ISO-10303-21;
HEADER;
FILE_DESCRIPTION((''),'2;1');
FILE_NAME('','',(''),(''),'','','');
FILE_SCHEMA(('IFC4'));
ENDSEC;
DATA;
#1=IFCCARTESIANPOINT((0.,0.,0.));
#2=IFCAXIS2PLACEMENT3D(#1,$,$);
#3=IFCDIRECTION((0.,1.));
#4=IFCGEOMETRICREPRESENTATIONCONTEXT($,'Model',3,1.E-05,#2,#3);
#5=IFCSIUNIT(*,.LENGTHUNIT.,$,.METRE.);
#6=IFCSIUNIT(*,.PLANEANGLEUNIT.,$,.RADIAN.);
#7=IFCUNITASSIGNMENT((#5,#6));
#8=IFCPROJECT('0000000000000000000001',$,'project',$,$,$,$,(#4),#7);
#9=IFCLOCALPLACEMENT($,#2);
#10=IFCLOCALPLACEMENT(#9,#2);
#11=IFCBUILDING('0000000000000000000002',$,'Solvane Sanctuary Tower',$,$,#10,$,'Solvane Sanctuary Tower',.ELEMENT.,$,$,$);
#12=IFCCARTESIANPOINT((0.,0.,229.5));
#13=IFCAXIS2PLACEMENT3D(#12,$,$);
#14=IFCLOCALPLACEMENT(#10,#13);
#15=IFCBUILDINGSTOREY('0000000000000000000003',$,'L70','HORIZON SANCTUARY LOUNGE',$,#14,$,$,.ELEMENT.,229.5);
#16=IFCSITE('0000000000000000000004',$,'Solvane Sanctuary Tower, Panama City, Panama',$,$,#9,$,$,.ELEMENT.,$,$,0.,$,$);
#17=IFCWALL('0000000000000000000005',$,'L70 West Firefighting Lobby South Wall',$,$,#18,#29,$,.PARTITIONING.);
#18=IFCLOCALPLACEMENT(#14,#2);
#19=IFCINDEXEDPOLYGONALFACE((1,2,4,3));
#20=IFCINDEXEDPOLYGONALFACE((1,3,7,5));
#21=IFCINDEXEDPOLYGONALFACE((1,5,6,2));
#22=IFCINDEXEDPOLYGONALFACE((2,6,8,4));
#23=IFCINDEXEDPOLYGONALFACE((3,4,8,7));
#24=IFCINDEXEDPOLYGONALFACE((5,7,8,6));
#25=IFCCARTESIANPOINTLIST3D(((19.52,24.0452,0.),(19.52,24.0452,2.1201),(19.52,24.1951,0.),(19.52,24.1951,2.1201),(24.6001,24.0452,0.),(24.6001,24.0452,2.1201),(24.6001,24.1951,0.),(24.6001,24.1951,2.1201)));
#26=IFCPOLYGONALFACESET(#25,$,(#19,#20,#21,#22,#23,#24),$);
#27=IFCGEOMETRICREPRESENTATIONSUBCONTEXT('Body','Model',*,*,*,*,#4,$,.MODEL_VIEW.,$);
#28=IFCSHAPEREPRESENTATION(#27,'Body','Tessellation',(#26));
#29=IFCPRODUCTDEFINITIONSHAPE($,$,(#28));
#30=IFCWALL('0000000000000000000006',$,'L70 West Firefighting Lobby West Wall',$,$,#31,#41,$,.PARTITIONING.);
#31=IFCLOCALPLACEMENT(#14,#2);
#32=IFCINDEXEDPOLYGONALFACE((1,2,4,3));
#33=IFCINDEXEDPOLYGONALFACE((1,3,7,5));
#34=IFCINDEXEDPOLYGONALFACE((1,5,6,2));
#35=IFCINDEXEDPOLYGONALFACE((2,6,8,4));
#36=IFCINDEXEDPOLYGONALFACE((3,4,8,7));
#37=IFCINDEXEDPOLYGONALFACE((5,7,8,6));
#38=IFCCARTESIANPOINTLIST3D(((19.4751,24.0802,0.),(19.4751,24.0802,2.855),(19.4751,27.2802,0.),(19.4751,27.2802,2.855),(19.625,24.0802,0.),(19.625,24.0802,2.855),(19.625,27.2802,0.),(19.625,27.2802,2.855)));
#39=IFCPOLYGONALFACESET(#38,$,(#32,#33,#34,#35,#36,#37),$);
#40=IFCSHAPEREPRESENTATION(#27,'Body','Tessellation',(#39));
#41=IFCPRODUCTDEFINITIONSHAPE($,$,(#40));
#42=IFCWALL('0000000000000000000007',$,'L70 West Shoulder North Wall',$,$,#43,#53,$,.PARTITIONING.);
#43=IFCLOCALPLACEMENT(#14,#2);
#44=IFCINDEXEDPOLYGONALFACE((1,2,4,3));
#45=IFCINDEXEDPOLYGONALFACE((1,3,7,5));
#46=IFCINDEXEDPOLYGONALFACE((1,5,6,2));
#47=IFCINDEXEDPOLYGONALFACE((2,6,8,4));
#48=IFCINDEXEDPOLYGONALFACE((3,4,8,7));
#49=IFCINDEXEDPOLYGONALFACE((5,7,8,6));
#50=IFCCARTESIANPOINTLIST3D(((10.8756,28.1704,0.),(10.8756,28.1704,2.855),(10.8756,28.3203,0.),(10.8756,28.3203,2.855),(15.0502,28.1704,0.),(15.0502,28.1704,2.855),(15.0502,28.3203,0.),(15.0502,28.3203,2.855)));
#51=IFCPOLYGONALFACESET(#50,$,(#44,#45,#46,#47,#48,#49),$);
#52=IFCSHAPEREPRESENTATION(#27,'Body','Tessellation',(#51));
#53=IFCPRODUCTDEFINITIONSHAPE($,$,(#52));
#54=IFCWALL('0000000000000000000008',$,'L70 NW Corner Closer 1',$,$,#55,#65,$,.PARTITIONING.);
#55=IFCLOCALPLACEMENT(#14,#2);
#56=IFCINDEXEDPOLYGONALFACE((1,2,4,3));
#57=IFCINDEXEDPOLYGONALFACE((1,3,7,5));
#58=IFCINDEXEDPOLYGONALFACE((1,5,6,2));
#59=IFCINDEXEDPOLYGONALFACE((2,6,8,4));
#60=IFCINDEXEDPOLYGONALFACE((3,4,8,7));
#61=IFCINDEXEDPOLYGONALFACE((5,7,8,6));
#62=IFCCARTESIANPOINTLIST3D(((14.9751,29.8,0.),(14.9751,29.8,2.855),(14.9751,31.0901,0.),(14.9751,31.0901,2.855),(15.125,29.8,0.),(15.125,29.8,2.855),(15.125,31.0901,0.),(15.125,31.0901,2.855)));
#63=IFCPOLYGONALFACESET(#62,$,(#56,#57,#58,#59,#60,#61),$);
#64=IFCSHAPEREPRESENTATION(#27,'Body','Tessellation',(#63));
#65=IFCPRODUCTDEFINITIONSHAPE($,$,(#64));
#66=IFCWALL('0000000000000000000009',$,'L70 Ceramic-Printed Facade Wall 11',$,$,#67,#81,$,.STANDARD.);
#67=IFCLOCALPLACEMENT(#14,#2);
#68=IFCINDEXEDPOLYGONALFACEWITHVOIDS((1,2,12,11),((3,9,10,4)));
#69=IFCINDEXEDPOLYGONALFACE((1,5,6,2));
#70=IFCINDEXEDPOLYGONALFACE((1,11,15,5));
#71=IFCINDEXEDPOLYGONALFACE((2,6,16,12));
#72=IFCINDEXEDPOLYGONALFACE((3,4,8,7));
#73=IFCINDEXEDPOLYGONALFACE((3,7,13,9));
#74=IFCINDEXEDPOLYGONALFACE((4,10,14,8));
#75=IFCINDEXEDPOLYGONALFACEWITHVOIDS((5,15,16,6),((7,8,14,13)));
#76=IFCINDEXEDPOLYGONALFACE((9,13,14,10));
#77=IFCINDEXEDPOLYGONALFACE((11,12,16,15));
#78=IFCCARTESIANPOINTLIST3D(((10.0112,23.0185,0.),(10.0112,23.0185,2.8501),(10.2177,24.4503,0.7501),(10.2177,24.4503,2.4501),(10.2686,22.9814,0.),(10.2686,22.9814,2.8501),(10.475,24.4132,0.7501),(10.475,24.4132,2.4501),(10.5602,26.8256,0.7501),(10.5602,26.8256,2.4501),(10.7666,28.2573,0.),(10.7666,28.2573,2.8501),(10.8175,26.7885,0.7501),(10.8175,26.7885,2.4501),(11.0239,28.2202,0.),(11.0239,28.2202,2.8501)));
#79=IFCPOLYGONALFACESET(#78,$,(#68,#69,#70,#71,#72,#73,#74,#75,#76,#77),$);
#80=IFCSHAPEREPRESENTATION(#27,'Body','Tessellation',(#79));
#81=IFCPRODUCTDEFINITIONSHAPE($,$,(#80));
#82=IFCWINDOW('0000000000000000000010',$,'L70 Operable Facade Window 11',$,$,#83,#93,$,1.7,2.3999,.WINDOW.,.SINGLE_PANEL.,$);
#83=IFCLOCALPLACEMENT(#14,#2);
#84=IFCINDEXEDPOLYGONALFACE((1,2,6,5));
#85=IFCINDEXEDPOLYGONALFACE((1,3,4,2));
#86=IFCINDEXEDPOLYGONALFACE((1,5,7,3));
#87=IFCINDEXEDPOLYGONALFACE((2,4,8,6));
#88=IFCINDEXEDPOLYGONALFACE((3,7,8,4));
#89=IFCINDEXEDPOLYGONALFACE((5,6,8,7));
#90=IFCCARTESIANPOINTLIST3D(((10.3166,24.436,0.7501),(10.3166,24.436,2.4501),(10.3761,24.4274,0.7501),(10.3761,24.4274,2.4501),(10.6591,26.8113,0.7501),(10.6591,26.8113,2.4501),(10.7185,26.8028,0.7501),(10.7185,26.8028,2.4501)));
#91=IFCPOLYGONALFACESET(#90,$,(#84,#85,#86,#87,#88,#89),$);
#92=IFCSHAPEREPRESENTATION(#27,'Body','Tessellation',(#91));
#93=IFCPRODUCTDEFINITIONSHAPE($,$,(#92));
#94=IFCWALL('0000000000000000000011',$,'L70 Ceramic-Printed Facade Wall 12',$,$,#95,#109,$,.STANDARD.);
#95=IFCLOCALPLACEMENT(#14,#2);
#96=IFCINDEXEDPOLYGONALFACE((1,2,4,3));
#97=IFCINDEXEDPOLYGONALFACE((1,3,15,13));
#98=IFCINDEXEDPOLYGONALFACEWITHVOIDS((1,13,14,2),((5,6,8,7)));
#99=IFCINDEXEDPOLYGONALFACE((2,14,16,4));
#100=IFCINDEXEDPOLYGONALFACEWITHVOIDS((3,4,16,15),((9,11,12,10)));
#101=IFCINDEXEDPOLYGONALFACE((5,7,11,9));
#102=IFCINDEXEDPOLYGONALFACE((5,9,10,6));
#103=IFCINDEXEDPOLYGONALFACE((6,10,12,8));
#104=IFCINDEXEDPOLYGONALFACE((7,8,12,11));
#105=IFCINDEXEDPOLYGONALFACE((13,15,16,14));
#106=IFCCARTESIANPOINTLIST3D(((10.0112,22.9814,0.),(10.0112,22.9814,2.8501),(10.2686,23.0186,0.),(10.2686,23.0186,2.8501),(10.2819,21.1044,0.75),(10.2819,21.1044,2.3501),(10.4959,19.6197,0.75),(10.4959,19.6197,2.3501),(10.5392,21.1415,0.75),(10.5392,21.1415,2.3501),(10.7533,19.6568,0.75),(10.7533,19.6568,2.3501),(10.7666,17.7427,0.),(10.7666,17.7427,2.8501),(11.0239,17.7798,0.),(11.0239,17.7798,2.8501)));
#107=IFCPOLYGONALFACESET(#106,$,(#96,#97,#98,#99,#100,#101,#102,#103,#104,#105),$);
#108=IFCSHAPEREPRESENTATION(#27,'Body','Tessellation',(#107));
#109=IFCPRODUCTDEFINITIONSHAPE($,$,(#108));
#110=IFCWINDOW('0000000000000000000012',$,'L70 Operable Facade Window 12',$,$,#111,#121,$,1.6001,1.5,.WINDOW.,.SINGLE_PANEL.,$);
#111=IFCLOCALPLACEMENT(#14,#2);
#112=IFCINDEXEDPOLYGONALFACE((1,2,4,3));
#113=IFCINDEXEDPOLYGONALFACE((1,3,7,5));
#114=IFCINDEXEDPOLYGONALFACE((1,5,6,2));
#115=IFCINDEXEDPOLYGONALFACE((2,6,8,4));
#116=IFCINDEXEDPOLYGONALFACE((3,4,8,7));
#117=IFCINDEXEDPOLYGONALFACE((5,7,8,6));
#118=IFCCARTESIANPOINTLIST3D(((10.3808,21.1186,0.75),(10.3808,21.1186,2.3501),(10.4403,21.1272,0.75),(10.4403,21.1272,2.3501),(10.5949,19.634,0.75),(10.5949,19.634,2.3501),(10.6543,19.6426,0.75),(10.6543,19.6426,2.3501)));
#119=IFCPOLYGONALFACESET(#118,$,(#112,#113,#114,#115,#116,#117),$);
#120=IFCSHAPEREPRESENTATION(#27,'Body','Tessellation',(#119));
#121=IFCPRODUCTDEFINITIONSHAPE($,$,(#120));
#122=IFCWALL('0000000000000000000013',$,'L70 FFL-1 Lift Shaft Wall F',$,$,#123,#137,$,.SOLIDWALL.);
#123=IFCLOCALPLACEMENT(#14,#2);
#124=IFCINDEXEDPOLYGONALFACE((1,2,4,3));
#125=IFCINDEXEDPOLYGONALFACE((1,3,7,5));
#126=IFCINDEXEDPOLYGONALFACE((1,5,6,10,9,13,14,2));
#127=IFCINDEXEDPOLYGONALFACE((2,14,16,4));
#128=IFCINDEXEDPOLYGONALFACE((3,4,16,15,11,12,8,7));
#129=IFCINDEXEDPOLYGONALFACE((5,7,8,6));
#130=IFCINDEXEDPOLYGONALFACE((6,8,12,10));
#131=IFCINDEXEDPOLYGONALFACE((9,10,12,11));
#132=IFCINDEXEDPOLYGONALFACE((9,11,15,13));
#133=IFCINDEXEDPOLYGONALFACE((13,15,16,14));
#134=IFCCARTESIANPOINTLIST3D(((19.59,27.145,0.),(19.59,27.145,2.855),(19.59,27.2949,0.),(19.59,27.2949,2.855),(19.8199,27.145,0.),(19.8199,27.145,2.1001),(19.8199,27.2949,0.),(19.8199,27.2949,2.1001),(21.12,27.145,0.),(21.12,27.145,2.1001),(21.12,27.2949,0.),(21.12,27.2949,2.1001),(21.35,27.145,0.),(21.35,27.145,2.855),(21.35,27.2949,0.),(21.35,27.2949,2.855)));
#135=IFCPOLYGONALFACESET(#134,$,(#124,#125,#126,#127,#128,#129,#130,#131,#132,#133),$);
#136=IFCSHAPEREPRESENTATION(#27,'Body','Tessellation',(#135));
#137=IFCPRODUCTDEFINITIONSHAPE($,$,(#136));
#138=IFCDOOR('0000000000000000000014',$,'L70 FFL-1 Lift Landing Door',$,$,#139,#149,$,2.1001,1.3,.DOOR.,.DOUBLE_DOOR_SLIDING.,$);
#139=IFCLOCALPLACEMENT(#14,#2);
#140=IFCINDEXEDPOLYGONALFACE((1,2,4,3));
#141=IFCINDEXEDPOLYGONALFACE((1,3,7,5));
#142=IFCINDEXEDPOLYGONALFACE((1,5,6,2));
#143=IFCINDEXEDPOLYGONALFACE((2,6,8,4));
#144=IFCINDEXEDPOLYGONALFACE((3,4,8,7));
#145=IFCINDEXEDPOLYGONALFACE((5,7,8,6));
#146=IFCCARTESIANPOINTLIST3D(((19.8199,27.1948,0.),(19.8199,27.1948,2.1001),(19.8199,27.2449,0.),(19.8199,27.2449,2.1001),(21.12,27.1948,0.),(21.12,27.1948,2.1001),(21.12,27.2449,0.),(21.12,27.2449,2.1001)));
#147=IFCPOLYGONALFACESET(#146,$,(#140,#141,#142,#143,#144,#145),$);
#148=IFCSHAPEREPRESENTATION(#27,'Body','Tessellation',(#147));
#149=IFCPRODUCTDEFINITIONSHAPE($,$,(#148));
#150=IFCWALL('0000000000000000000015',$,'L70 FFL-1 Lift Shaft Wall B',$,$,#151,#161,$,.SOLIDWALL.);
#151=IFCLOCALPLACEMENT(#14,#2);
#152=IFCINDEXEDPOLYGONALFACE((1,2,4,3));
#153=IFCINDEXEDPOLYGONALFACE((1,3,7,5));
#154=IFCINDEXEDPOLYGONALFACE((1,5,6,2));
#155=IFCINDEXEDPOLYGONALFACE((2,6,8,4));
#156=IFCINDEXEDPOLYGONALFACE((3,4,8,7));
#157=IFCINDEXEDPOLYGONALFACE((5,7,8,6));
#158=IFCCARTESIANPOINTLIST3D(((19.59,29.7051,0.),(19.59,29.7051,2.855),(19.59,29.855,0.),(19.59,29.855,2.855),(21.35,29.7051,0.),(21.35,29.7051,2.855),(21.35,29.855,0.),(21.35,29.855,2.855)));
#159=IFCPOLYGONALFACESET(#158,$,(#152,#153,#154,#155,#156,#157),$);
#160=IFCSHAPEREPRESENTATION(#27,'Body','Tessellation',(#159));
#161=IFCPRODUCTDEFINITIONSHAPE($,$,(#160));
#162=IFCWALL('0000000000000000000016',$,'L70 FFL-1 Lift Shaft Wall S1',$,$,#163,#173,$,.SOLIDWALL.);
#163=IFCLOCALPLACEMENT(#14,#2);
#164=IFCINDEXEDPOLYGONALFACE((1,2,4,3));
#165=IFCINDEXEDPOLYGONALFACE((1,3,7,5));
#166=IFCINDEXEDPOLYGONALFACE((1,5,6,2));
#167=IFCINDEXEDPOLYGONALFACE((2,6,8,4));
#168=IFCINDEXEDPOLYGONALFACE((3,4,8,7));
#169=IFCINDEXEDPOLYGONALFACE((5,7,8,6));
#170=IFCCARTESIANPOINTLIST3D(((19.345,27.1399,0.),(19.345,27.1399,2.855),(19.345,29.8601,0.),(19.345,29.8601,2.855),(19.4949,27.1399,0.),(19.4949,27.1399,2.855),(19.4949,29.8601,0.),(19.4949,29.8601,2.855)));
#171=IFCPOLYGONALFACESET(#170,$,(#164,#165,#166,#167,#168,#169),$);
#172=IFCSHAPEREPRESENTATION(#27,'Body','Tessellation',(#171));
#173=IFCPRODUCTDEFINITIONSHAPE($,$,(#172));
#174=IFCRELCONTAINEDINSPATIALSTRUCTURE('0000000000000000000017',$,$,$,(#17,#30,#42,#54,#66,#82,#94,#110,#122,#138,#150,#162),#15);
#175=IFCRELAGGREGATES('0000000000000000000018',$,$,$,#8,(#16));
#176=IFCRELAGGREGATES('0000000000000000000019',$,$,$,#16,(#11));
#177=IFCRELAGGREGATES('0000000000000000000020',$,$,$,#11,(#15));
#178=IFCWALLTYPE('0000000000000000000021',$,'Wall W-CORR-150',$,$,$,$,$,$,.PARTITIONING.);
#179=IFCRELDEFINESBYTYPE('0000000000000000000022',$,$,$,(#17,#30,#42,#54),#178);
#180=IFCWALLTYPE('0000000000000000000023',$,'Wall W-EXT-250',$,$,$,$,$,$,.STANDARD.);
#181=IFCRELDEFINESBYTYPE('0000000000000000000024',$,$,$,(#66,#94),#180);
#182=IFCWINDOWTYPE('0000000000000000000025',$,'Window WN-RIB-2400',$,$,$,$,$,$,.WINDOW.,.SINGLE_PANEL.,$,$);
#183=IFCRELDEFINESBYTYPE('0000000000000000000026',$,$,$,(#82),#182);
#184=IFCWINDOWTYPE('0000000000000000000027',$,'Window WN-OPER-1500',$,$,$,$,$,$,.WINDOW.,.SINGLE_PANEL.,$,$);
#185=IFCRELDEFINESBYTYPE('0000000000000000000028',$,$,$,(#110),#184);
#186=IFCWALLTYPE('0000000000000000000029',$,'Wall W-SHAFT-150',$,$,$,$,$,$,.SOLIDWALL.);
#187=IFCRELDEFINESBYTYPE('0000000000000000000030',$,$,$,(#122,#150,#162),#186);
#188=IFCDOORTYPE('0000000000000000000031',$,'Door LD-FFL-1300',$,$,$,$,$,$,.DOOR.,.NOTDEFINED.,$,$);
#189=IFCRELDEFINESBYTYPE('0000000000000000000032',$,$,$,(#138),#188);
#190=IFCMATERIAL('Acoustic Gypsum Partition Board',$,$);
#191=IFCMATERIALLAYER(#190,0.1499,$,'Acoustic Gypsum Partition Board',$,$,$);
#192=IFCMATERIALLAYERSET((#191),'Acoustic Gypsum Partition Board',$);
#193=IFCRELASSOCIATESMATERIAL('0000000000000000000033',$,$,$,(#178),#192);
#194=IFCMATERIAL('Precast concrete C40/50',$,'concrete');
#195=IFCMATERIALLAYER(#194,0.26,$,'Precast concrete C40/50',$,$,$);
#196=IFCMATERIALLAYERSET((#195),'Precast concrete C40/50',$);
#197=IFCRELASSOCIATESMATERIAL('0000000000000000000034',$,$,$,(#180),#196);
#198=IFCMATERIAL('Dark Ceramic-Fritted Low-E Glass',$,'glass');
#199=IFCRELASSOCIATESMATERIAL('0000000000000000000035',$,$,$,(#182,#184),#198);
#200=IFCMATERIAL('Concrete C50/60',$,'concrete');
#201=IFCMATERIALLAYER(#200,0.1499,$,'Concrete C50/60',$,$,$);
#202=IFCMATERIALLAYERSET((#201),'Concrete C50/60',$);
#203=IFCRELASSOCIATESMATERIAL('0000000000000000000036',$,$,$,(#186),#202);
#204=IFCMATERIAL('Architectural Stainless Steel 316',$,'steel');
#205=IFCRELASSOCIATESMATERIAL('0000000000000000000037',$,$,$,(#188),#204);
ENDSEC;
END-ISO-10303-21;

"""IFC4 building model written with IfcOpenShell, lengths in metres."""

from ifc_helpers import new_model, si_unit, direction, frame, frame_2d, origin, place, context, subcontext, project, spatial, rectangle, extrude, material, layer, layer_set, type_object, element, fill, save


model = new_model("IFC4")

# Units and contexts
model_context = context("Model", 3, precision=1e-05, world=origin(), true_north=direction((0.0, 1.0)))
body_context = subcontext(model_context, "Body", "Model", "MODEL_VIEW")
ifc_project = project(units=[si_unit("LENGTHUNIT", "METRE"), si_unit("PLANEANGLEUNIT", "RADIAN")], contexts=[model_context])

# Site, building, storey
site_placement = place(None, origin())
site = spatial("IfcSite", under=ifc_project, at=site_placement, Name="Solvane Sanctuary Tower, Panama City, Panama", CompositionType="ELEMENT", RefElevation=0.0)
building_placement = place(site_placement, origin())
building = spatial("IfcBuilding", under=site, at=building_placement, Name="Solvane Sanctuary Tower", LongName="Solvane Sanctuary Tower", CompositionType="ELEMENT")
storey_placement = place(building_placement, frame((0.0, 0.0, 229.5)))
storey = spatial("IfcBuildingStorey", under=building, at=storey_placement, Name="L70", Description="HORIZON SANCTUARY LOUNGE", CompositionType="ELEMENT", Elevation=229.5)

# Walls
ifc_material_1 = material(Name="Acoustic Gypsum Partition Board")
ifc_layer_1 = layer(ifc_material_1, 0.1499, Name="Acoustic Gypsum Partition Board")
ifc_layer_set_1 = layer_set([ifc_layer_1], Name="Acoustic Gypsum Partition Board")
wall_type_1 = type_object("IfcWallType", Name="Wall W-CORR-150", PredefinedType="PARTITIONING", material=ifc_layer_set_1)
wall_1_placement = place(storey_placement, frame((19.52, 24.1201, 0.0), z_axis=(0.0, 0.0, 1.0), x_axis=(1.0, 0.0, 0.0)))
element("IfcWall", 1, at=wall_1_placement, inside=storey, type_object=wall_type_1, Name="L70 West Firefighting Lobby South Wall", PredefinedType="PARTITIONING", context=body_context, shape_type="SweptSolid", body=[
    extrude(rectangle(XDim=5.0801, YDim=0.1499, at=frame_2d((2.54, 0.0))), origin(), (0.0, 0.0, 1.0), 2.1201),
])
wall_2_placement = place(storey_placement, frame((19.55, 24.0801, 0.0), z_axis=(0.0, 0.0, 1.0), x_axis=(0.0, 1.0, 0.0)))
element("IfcWall", 2, at=wall_2_placement, inside=storey, type_object=wall_type_1, Name="L70 West Firefighting Lobby West Wall", PredefinedType="PARTITIONING", context=body_context, shape_type="SweptSolid", body=[
    extrude(rectangle(XDim=3.2, YDim=0.1499, at=frame_2d((1.6001, 0.0))), origin(), (0.0, 0.0, 1.0), 2.855),
])
wall_3_placement = place(storey_placement, frame((10.8755, 28.2454, 0.0), z_axis=(0.0, 0.0, 1.0), x_axis=(1.0, 0.0, 0.0)))
element("IfcWall", 3, at=wall_3_placement, inside=storey, type_object=wall_type_1, Name="L70 West Shoulder North Wall", PredefinedType="PARTITIONING", context=body_context, shape_type="SweptSolid", body=[
    extrude(rectangle(XDim=4.1746, YDim=0.1499, at=frame_2d((2.0874, 0.0))), origin(), (0.0, 0.0, 1.0), 2.855),
])
wall_4_placement = place(storey_placement, frame((15.05, 29.8, 0.0), z_axis=(0.0, 0.0, 1.0), x_axis=(0.0, 1.0, 0.0)))
element("IfcWall", 4, at=wall_4_placement, inside=storey, type_object=wall_type_1, Name="L70 NW Corner Closer 1", PredefinedType="PARTITIONING", context=body_context, shape_type="SweptSolid", body=[
    extrude(rectangle(XDim=1.29, YDim=0.1499, at=frame_2d((0.645, 0.0))), origin(), (0.0, 0.0, 1.0), 2.855),
])

# Walls, openings, windows
ifc_material_2 = material(Name="Precast concrete C40/50", Category="concrete")
ifc_layer_2 = layer(ifc_material_2, 0.26, Name="Precast concrete C40/50")
ifc_layer_set_2 = layer_set([ifc_layer_2], Name="Precast concrete C40/50")
wall_type_2 = type_object("IfcWallType", Name="Wall W-EXT-250", PredefinedType="STANDARD", material=ifc_layer_set_2)
wall_5_placement = place(storey_placement, frame((10.8953, 28.2388, 0.0), z_axis=(0.0, 0.0, 1.0), x_axis=(-0.142713, -0.989764, 0.0)))
wall_5 = element("IfcWall", 5, at=wall_5_placement, inside=storey, type_object=wall_type_2, Name="L70 Ceramic-Printed Facade Wall 11", PredefinedType="STANDARD", context=body_context, shape_type="SweptSolid", body=[
    extrude(rectangle(XDim=5.293, YDim=0.26, at=frame_2d((2.6465, 0.0))), origin(), (0.0, 0.0, 1.0), 2.8501),
])
opening_1_placement = place(wall_5_placement, frame((1.4465, 0.0, 0.75)))
opening_1 = element("IfcOpeningElement", 6, at=opening_1_placement, cuts=wall_5, PredefinedType="OPENING", context=body_context, shape_type="SweptSolid", body=[
    extrude(rectangle(XDim=2.3999, YDim=1.7, at=frame_2d((1.2, 0.8501))), frame((0.0, 0.1399, 0.0), z_axis=(0.0, -1.0, 0.0), x_axis=(1.0, 0.0, 0.0)), (0.0, 0.0, 1.0), 0.28),
])
ifc_material_3 = material(Name="Dark Ceramic-Fritted Low-E Glass", Category="glass")
window_type_1 = type_object("IfcWindowType", Name="Window WN-RIB-2400", PartitioningType="SINGLE_PANEL", PredefinedType="WINDOW", material=ifc_material_3)
window_1_placement = place(opening_1_placement, origin())
window_1 = element("IfcWindow", 7, at=window_1_placement, inside=storey, type_object=window_type_1, Name="L70 Operable Facade Window 11", OverallHeight=1.7, OverallWidth=2.3999, PartitioningType="SINGLE_PANEL", PredefinedType="WINDOW", context=body_context, shape_type="SweptSolid", body=[
    extrude(rectangle(XDim=2.3999, YDim=1.7, at=frame_2d((1.2, 0.8501))), frame((0.0, 0.03, 0.0), z_axis=(0.0, -1.0, 0.0), x_axis=(1.0, 0.0, 0.0)), (0.0, 0.0, 1.0), 0.0601),
])
fill(opening_1, window_1)
wall_6_placement = place(storey_placement, frame((10.1399, 23.0, 0.0), z_axis=(0.0, 0.0, 1.0), x_axis=(0.142713, -0.989764, 0.0)))
wall_6 = element("IfcWall", 8, at=wall_6_placement, inside=storey, type_object=wall_type_2, Name="L70 Ceramic-Printed Facade Wall 12", PredefinedType="STANDARD", context=body_context, shape_type="SweptSolid", body=[
    extrude(rectangle(XDim=5.293, YDim=0.26, at=frame_2d((2.6465, 0.0))), origin(), (0.0, 0.0, 1.0), 2.8501),
])
opening_2_placement = place(wall_6_placement, frame((1.8965, 0.0, 0.75)))
opening_2 = element("IfcOpeningElement", 9, at=opening_2_placement, cuts=wall_6, PredefinedType="OPENING", context=body_context, shape_type="SweptSolid", body=[
    extrude(rectangle(XDim=1.5, YDim=1.6001, at=frame_2d((0.75, 0.8))), frame((0.0, 0.1399, 0.0), z_axis=(0.0, -1.0, 0.0), x_axis=(1.0, 0.0, 0.0)), (0.0, 0.0, 1.0), 0.28),
])
window_type_2 = type_object("IfcWindowType", Name="Window WN-OPER-1500", PartitioningType="SINGLE_PANEL", PredefinedType="WINDOW", material=ifc_material_3)
window_2_placement = place(opening_2_placement, origin())
window_2 = element("IfcWindow", 10, at=window_2_placement, inside=storey, type_object=window_type_2, Name="L70 Operable Facade Window 12", OverallHeight=1.6001, OverallWidth=1.5, PartitioningType="SINGLE_PANEL", PredefinedType="WINDOW", context=body_context, shape_type="SweptSolid", body=[
    extrude(rectangle(XDim=1.5, YDim=1.6001, at=frame_2d((0.75, 0.8))), frame((0.0, 0.03, 0.0), z_axis=(0.0, -1.0, 0.0), x_axis=(1.0, 0.0, 0.0)), (0.0, 0.0, 1.0), 0.0601),
])
fill(opening_2, window_2)

# Wall, opening, door
ifc_material_4 = material(Name="Concrete C50/60", Category="concrete")
ifc_layer_3 = layer(ifc_material_4, 0.1499, Name="Concrete C50/60")
ifc_layer_set_3 = layer_set([ifc_layer_3], Name="Concrete C50/60")
wall_type_3 = type_object("IfcWallType", Name="Wall W-SHAFT-150", PredefinedType="SOLIDWALL", material=ifc_layer_set_3)
wall_7_placement = place(storey_placement, frame((19.5901, 27.22, 0.0), z_axis=(0.0, 0.0, 1.0), x_axis=(1.0, 0.0, 0.0)))
wall_7 = element("IfcWall", 11, at=wall_7_placement, inside=storey, type_object=wall_type_3, Name="L70 FFL-1 Lift Shaft Wall F", PredefinedType="SOLIDWALL", context=body_context, shape_type="SweptSolid", body=[
    extrude(rectangle(XDim=1.76, YDim=0.1499, at=frame_2d((0.8799, 0.0))), origin(), (0.0, 0.0, 1.0), 2.855),
])
opening_3_placement = place(wall_7_placement, frame((0.23, 0.0, 0.0)))
opening_3 = element("IfcOpeningElement", 12, at=opening_3_placement, cuts=wall_7, PredefinedType="OPENING", context=body_context, shape_type="SweptSolid", body=[
    extrude(rectangle(XDim=1.3, YDim=2.1001, at=frame_2d((0.6499, 1.05))), frame((0.0, 0.085, 0.0), z_axis=(0.0, -1.0, 0.0), x_axis=(1.0, 0.0, 0.0)), (0.0, 0.0, 1.0), 0.1699),
])
ifc_material_5 = material(Name="Architectural Stainless Steel 316", Category="steel")
door_type_1 = type_object("IfcDoorType", Name="Door LD-FFL-1300", OperationType="NOTDEFINED", PredefinedType="DOOR", material=ifc_material_5)
door_1_placement = place(opening_3_placement, origin())
door_1 = element("IfcDoor", 13, at=door_1_placement, inside=storey, type_object=door_type_1, Name="L70 FFL-1 Lift Landing Door", OperationType="DOUBLE_DOOR_SLIDING", OverallHeight=2.1001, OverallWidth=1.3, PredefinedType="DOOR", context=body_context, shape_type="SweptSolid", body=[
    extrude(rectangle(XDim=1.3, YDim=2.1001, at=frame_2d((0.6499, 1.05))), frame((0.0, 0.0249, 0.0), z_axis=(0.0, -1.0, 0.0), x_axis=(1.0, 0.0, 0.0)), (0.0, 0.0, 1.0), 0.05),
])
fill(opening_3, door_1)

# Walls
wall_8_placement = place(storey_placement, frame((19.5901, 29.78, 0.0), z_axis=(0.0, 0.0, 1.0), x_axis=(1.0, 0.0, 0.0)))
element("IfcWall", 14, at=wall_8_placement, inside=storey, type_object=wall_type_3, Name="L70 FFL-1 Lift Shaft Wall B", PredefinedType="SOLIDWALL", context=body_context, shape_type="SweptSolid", body=[
    extrude(rectangle(XDim=1.76, YDim=0.1499, at=frame_2d((0.8799, 0.0))), origin(), (0.0, 0.0, 1.0), 2.855),
])
wall_9_placement = place(storey_placement, frame((19.4199, 27.1399, 0.0), z_axis=(0.0, 0.0, 1.0), x_axis=(0.0, 1.0, 0.0)))
element("IfcWall", 15, at=wall_9_placement, inside=storey, type_object=wall_type_3, Name="L70 FFL-1 Lift Shaft Wall S1", PredefinedType="SOLIDWALL", context=body_context, shape_type="SweptSolid", body=[
    extrude(rectangle(XDim=2.7202, YDim=0.1499, at=frame_2d((1.3601, 0.0))), origin(), (0.0, 0.0, 1.0), 2.855),
])

save(model, "model.ifc")
